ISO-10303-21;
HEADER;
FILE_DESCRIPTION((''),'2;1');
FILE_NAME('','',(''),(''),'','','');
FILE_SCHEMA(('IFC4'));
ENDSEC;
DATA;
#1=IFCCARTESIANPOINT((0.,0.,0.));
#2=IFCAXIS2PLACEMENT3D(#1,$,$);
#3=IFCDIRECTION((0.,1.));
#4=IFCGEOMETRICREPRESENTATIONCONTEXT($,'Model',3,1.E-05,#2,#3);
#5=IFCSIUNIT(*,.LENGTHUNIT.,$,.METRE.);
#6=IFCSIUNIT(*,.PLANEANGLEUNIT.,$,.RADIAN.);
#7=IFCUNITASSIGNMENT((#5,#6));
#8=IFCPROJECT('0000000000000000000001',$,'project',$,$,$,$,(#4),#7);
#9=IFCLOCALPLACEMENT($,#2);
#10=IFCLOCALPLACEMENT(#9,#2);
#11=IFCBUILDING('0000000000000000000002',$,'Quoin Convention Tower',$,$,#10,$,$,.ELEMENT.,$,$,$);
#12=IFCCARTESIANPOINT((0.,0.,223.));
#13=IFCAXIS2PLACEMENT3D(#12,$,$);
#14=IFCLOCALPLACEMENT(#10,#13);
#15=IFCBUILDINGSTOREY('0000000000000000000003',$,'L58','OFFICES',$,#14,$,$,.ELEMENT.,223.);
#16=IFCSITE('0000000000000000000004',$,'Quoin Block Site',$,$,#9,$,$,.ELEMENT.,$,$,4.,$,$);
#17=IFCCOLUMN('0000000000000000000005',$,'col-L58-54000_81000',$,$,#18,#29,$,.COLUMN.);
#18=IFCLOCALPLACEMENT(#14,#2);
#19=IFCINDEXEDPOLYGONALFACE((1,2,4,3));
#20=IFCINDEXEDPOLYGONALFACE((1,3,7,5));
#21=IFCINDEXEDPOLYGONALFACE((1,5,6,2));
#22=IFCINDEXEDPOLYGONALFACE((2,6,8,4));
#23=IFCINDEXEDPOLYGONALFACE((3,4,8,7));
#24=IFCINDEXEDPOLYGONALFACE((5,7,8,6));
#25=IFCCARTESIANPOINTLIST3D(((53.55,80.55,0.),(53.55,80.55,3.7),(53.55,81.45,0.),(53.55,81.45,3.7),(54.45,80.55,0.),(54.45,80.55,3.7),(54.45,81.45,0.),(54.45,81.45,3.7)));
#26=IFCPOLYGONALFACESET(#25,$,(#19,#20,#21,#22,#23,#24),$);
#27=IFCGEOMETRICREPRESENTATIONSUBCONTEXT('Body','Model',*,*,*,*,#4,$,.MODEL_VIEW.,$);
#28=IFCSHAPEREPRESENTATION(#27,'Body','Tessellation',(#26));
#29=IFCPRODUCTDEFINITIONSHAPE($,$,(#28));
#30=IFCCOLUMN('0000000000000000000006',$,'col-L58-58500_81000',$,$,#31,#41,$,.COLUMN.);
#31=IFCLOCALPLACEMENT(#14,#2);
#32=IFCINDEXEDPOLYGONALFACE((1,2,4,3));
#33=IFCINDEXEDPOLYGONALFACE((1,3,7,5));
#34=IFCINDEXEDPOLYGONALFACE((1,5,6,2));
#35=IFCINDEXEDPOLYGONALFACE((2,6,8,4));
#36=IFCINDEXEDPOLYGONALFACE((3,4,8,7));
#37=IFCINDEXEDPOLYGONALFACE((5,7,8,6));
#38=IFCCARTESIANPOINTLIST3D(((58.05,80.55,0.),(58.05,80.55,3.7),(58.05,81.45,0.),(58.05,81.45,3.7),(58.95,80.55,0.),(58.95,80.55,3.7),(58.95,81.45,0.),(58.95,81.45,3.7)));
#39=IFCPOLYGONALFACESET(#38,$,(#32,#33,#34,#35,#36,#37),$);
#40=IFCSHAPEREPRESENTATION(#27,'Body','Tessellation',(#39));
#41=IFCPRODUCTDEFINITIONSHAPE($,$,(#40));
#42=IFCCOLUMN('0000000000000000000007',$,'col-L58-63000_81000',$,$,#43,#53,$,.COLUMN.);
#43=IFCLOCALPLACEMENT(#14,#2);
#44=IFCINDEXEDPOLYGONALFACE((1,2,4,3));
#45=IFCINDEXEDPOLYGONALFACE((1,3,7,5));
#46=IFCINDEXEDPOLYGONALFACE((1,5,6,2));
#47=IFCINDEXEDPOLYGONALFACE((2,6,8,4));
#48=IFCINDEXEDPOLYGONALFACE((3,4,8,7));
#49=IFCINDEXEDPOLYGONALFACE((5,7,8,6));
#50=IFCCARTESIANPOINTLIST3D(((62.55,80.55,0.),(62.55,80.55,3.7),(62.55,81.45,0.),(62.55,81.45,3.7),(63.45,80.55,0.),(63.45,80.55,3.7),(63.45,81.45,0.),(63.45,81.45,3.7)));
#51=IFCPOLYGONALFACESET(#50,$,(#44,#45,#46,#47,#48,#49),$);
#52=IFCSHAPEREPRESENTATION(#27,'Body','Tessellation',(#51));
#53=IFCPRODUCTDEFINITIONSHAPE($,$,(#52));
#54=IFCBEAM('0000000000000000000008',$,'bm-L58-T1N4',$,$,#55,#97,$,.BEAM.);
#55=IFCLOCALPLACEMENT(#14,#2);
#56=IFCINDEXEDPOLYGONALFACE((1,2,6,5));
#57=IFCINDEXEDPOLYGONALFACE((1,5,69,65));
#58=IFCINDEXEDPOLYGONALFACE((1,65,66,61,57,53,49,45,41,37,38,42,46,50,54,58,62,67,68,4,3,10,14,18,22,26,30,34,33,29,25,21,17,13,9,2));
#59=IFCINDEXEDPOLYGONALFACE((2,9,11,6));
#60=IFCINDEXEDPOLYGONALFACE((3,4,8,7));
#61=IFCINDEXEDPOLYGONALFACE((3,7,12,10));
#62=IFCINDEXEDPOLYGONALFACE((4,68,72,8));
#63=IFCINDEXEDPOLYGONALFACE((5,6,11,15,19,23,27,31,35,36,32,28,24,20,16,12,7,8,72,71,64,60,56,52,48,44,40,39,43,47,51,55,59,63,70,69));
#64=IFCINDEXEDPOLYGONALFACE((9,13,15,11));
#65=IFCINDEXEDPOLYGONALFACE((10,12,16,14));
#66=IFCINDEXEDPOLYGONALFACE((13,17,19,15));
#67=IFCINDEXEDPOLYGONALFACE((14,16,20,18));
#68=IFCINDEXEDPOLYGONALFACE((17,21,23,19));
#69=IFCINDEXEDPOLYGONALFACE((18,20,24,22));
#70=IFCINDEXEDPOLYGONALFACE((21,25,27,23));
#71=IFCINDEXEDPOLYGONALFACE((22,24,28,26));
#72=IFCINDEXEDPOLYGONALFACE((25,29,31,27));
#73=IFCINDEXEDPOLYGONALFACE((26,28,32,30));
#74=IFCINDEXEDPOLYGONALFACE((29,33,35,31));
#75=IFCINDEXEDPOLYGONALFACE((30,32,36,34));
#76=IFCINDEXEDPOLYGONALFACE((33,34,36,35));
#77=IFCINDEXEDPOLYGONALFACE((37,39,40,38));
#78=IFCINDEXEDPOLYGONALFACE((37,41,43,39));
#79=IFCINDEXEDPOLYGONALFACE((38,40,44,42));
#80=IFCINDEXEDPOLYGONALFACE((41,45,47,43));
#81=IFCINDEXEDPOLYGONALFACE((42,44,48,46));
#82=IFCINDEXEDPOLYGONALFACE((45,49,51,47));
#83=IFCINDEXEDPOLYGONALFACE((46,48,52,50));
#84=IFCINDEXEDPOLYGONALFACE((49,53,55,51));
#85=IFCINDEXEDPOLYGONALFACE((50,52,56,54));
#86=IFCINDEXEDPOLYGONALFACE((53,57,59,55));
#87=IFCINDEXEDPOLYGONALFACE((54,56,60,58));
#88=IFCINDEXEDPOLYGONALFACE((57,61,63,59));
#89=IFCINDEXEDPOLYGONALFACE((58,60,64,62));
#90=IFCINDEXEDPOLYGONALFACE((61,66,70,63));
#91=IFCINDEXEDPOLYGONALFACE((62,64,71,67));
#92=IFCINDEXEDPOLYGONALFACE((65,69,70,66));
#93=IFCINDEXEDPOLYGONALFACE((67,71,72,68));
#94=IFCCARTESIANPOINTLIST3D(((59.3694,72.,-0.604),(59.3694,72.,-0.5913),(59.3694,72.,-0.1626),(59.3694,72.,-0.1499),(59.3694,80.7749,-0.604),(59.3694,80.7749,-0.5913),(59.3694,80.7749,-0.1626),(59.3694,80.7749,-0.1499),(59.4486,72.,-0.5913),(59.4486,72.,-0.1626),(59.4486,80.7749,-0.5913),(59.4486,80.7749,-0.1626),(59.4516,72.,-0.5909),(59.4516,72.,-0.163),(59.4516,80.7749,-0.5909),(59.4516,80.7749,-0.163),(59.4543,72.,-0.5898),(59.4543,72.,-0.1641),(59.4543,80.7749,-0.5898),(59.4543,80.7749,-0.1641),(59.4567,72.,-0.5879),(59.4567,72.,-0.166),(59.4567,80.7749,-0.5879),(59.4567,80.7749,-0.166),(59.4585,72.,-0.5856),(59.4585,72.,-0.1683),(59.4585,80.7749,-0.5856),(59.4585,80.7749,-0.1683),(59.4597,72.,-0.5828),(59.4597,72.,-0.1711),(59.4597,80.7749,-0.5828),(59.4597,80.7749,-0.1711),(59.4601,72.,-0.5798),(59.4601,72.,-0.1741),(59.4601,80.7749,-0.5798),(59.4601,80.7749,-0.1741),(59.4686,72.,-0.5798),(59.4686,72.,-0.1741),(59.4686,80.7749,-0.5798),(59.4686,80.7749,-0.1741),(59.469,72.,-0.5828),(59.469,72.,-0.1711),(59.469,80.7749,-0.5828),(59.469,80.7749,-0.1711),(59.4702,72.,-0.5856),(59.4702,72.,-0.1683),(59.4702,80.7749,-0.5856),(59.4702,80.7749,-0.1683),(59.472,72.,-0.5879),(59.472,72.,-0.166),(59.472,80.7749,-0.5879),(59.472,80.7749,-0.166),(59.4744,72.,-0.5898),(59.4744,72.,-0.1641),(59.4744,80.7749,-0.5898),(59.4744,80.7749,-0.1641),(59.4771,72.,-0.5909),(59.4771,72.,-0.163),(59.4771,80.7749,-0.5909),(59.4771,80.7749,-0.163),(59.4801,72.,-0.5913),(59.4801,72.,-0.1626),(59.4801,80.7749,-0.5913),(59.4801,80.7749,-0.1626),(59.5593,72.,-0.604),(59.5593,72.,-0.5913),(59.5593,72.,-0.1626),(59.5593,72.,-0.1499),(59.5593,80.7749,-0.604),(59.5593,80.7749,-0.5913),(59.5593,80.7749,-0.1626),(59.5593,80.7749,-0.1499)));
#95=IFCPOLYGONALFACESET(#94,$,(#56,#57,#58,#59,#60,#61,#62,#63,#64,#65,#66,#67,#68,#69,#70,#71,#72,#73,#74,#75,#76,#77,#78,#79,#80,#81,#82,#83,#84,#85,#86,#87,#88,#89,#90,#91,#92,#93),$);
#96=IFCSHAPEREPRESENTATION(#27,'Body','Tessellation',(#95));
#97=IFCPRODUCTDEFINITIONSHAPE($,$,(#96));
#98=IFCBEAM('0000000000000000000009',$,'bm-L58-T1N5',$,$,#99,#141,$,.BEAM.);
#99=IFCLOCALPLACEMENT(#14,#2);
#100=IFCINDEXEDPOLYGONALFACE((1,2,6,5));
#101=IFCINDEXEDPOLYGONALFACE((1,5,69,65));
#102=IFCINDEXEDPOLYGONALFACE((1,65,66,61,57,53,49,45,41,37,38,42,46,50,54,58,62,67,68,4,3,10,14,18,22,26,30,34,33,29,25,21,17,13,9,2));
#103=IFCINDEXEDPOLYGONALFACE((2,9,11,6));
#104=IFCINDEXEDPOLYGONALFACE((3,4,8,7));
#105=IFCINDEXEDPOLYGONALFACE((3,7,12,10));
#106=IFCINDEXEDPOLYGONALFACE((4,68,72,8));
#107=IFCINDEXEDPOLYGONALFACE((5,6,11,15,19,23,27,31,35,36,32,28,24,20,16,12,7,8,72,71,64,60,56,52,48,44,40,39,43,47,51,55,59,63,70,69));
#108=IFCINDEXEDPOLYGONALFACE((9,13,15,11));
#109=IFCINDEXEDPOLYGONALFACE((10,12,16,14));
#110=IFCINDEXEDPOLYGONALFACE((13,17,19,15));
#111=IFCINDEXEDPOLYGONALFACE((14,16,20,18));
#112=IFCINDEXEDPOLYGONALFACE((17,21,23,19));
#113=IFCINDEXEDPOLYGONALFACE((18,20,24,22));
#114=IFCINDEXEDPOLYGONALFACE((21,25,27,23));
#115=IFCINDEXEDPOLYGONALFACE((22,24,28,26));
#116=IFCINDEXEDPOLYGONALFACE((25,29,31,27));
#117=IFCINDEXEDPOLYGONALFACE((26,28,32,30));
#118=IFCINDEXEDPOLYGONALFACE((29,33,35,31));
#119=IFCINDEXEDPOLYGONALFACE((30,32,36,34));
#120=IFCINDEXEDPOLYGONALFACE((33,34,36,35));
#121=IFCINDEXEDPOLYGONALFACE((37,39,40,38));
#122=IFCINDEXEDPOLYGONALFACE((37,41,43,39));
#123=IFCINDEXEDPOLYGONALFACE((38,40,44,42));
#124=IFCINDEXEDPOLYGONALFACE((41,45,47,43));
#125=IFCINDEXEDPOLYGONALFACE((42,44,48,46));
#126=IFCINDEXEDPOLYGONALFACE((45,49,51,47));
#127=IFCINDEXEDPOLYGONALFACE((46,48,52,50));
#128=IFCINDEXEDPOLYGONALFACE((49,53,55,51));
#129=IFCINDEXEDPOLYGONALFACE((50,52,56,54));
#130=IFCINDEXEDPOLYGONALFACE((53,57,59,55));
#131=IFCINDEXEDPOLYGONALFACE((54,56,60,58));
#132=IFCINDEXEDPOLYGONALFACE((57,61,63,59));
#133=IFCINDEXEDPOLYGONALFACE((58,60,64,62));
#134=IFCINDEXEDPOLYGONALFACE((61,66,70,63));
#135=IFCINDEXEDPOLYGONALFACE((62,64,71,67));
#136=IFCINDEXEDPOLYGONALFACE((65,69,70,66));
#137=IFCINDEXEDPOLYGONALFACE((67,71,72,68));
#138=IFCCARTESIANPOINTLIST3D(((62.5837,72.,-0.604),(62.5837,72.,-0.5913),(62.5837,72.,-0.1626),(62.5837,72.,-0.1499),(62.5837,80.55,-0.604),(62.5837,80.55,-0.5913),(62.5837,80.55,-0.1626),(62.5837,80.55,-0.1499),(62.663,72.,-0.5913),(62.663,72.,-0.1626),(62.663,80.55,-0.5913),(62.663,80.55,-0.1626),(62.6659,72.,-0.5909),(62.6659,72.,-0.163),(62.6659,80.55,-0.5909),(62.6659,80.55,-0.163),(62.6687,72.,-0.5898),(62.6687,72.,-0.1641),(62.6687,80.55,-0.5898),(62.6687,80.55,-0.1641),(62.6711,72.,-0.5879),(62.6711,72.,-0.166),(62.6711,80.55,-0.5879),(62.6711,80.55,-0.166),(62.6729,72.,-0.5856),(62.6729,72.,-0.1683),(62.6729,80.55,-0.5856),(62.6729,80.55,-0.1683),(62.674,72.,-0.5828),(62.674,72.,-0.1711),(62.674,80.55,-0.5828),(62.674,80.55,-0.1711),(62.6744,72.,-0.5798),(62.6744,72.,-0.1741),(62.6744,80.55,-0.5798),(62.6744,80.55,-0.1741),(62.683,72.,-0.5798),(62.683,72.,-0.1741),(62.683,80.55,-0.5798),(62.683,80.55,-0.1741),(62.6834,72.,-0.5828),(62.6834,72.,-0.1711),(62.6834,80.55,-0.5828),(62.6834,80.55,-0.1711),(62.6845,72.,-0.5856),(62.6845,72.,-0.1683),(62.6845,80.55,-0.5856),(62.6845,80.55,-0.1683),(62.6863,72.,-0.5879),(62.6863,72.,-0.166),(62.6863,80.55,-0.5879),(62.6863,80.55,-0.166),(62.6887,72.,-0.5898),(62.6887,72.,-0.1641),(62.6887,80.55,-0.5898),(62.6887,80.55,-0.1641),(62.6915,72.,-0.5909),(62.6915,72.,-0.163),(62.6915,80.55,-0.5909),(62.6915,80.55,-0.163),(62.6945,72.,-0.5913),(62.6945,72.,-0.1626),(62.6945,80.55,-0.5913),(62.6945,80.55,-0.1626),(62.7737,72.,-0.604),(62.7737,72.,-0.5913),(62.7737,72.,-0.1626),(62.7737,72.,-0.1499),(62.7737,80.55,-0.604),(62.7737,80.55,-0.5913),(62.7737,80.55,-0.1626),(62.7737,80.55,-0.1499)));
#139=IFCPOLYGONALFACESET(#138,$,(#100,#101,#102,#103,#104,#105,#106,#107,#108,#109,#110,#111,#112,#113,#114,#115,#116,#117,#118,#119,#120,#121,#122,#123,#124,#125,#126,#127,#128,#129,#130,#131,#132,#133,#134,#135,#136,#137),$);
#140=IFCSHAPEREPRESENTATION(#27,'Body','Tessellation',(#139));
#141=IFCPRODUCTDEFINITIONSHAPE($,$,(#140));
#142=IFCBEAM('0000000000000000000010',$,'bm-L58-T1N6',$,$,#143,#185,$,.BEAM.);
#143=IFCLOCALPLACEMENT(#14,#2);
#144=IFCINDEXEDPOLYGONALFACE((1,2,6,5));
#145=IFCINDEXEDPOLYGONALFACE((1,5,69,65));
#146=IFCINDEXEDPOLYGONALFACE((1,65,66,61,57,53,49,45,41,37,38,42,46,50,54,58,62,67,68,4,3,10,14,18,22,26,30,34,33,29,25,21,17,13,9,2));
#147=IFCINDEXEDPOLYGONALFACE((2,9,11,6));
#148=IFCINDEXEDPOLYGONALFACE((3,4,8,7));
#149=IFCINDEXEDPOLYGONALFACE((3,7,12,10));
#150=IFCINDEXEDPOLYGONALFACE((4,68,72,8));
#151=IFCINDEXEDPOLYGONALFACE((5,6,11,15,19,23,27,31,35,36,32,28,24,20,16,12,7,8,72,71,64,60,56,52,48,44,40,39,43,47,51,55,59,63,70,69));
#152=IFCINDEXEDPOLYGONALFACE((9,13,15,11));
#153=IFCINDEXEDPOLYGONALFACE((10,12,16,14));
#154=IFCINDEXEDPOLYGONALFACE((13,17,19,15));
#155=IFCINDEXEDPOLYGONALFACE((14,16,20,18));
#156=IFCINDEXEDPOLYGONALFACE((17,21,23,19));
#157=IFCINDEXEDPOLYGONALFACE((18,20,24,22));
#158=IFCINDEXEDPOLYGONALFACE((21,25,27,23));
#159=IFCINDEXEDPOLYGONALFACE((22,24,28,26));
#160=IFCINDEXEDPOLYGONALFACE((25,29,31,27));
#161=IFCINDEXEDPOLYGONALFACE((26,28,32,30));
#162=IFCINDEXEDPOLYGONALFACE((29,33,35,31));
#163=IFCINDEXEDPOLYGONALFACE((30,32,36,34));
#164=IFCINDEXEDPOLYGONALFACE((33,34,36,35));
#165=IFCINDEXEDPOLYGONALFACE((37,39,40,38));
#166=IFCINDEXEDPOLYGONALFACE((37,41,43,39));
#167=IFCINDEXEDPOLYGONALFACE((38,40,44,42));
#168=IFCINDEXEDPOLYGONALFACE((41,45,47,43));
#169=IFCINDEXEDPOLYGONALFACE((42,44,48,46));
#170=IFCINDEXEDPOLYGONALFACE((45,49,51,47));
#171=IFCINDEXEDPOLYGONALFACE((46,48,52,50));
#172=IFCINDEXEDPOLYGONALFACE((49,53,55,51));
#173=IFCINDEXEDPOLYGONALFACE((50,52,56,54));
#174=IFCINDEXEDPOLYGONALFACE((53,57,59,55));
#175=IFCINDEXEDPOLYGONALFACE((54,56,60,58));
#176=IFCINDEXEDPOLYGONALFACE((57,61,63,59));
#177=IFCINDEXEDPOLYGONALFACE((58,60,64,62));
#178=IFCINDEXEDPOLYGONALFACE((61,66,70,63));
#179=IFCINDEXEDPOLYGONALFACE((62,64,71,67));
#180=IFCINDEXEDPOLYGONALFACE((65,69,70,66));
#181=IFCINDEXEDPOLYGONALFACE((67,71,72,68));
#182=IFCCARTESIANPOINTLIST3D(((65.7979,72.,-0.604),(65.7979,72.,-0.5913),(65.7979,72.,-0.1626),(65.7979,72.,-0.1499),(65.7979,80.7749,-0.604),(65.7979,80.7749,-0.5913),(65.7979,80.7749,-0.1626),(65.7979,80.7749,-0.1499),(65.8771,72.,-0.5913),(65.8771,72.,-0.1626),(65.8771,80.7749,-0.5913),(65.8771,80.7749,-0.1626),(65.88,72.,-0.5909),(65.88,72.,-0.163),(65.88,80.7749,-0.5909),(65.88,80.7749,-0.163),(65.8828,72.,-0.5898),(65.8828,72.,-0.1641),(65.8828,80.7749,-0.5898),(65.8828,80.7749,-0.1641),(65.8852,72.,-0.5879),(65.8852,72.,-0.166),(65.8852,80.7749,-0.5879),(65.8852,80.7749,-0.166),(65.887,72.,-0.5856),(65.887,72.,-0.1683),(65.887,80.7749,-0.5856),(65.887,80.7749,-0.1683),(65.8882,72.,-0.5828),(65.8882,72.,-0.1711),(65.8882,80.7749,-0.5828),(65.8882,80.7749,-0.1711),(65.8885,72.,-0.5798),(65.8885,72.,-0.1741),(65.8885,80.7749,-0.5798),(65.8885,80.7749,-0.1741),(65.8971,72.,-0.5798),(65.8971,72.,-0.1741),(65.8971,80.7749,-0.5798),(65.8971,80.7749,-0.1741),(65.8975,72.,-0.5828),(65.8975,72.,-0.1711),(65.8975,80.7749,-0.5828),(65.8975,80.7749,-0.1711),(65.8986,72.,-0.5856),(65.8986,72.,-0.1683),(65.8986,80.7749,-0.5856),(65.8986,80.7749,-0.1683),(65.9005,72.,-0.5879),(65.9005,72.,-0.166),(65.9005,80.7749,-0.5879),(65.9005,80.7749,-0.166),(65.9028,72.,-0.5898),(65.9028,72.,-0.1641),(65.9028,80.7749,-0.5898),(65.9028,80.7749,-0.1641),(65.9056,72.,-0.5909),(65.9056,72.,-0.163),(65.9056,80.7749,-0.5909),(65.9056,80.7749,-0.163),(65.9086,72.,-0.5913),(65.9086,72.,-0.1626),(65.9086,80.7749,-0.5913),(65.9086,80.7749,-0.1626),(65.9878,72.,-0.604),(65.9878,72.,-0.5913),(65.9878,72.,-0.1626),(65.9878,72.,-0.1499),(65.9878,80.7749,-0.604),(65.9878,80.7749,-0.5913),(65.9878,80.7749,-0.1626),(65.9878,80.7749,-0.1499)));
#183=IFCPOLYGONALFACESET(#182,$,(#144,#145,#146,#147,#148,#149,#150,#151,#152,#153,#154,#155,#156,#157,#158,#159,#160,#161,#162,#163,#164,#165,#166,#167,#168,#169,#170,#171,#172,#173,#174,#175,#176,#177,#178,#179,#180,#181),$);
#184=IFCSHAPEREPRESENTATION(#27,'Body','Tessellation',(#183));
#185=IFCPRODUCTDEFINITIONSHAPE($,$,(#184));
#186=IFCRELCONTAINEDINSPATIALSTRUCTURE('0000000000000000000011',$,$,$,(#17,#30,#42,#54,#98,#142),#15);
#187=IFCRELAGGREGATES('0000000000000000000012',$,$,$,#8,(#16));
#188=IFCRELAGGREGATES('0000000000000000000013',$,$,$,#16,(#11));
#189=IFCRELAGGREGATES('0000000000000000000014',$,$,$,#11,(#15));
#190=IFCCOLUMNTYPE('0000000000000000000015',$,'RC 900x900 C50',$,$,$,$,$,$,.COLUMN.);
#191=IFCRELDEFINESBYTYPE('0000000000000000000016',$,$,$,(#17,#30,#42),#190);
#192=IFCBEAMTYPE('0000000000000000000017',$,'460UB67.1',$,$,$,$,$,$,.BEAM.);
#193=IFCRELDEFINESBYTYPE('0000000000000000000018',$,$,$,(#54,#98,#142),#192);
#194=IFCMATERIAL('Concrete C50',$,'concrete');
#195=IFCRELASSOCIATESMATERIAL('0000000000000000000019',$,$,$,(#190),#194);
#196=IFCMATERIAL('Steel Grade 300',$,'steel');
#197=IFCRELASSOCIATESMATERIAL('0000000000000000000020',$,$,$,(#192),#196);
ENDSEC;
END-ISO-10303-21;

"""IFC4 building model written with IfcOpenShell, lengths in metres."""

from ifc_helpers import new_model, si_unit, direction, frame, origin, origin_2d, place, context, subcontext, project, spatial, rectangle, i_section, extrude, material, material_profile, profile_set, type_object, element, save


model = new_model("IFC4")

# Units and contexts
model_context = context("Model", 3, precision=1e-05, world=origin(), true_north=direction((0.0, 1.0)))
body_context = subcontext(model_context, "Body", "Model", "MODEL_VIEW")
ifc_project = project(units=[si_unit("LENGTHUNIT", "METRE"), si_unit("PLANEANGLEUNIT", "RADIAN")], contexts=[model_context])

# Site, building, storey
site_placement = place(None, origin())
site = spatial("IfcSite", under=ifc_project, at=site_placement, Name="Quoin Block Site", CompositionType="ELEMENT", RefElevation=4.0)
building_placement = place(site_placement, origin())
building = spatial("IfcBuilding", under=site, at=building_placement, Name="Quoin Convention Tower", CompositionType="ELEMENT")
storey_placement = place(building_placement, frame((0.0, 0.0, 223.0)))
storey = spatial("IfcBuildingStorey", under=building, at=storey_placement, Name="L58", Description="OFFICES", CompositionType="ELEMENT", Elevation=223.0)

# Columns
ifc_material_1 = material(Name="Concrete C50", Category="concrete")
ifc_material_profile_1 = material_profile(ifc_material_1, rectangle(XDim=0.8999, YDim=0.8999, at=origin_2d()), Name="RC 900x900")
ifc_profile_set_1 = profile_set([ifc_material_profile_1], Name="Concrete C50")
column_type = type_object("IfcColumnType", Name="RC 900x900 C50", PredefinedType="COLUMN", material=ifc_profile_set_1)
for number, where, z_axis, x_axis, name in (
    (1, (54.0, 81.0, 0.0), (0.0, 0.0, 1.0), (1.0, 0.0, 0.0), "col-L58-54000_81000"),
    (2, (58.5, 81.0, 0.0), (0.0, 0.0, 1.0), (1.0, 0.0, 0.0), "col-L58-58500_81000"),
    (3, (63.0, 81.0, 0.0), (0.0, 0.0, 1.0), (1.0, 0.0, 0.0), "col-L58-63000_81000"),
):
    element("IfcColumn", number, at=place(storey_placement, frame(where, z_axis=z_axis, x_axis=x_axis)), inside=storey, type_object=column_type, Name=name, PredefinedType="COLUMN", context=body_context, shape_type="SweptSolid", body=[
        extrude(rectangle(XDim=0.8999, YDim=0.8999, at=origin_2d()), origin(), (0.0, 0.0, 1.0), 3.7),
    ])

# Beams
ifc_material_2 = material(Name="Steel Grade 300", Category="steel")
ifc_material_profile_2 = material_profile(ifc_material_2, i_section(OverallWidth=0.1899, OverallDepth=0.4541, WebThickness=0.0085, FlangeThickness=0.0127, FilletRadius=0.0115, at=origin_2d()), Name="460UB67.1")
ifc_profile_set_2 = profile_set([ifc_material_profile_2], Name="Steel Grade 300")
beam_type_1 = type_object("IfcBeamType", Name="460UB67.1", PredefinedType="BEAM", material=ifc_profile_set_2)
beam_1_placement = place(storey_placement, frame((59.4644, 72.0, -0.377), z_axis=(0.0, 1.0, 0.0), x_axis=(-1.0, 0.0, 0.0)))
element("IfcBeam", 4, at=beam_1_placement, inside=storey, type_object=beam_type_1, Name="bm-L58-T1N4", PredefinedType="BEAM", context=body_context, shape_type="SweptSolid", body=[
    extrude(i_section(OverallWidth=0.1899, OverallDepth=0.4541, WebThickness=0.0085, FlangeThickness=0.0127, FilletRadius=0.0115, at=origin_2d()), origin(), (0.0, 0.0, 1.0), 8.7749),
])
beam_2_placement = place(storey_placement, frame((62.6787, 72.0, -0.377), z_axis=(0.0, 1.0, 0.0), x_axis=(-1.0, 0.0, 0.0)))
element("IfcBeam", 5, at=beam_2_placement, inside=storey, type_object=beam_type_1, Name="bm-L58-T1N5", PredefinedType="BEAM", context=body_context, shape_type="SweptSolid", body=[
    extrude(i_section(OverallWidth=0.1899, OverallDepth=0.4541, WebThickness=0.0085, FlangeThickness=0.0127, FilletRadius=0.0115, at=origin_2d()), origin(), (0.0, 0.0, 1.0), 8.55),
])
for number, where, z_axis, x_axis, name in (
    (6, (65.8928, 72.0, -0.377), (0.0, 1.0, 0.0), (-1.0, 0.0, 0.0), "bm-L58-T1N6"),
):
    element("IfcBeam", number, at=place(storey_placement, frame(where, z_axis=z_axis, x_axis=x_axis)), inside=storey, type_object=beam_type_1, Name=name, PredefinedType="BEAM", context=body_context, shape_type="SweptSolid", body=[
        extrude(i_section(OverallWidth=0.1899, OverallDepth=0.4541, WebThickness=0.0085, FlangeThickness=0.0127, FilletRadius=0.0115, at=origin_2d()), origin(), (0.0, 0.0, 1.0), 8.7749),
    ])

save(model, "model.ifc")
